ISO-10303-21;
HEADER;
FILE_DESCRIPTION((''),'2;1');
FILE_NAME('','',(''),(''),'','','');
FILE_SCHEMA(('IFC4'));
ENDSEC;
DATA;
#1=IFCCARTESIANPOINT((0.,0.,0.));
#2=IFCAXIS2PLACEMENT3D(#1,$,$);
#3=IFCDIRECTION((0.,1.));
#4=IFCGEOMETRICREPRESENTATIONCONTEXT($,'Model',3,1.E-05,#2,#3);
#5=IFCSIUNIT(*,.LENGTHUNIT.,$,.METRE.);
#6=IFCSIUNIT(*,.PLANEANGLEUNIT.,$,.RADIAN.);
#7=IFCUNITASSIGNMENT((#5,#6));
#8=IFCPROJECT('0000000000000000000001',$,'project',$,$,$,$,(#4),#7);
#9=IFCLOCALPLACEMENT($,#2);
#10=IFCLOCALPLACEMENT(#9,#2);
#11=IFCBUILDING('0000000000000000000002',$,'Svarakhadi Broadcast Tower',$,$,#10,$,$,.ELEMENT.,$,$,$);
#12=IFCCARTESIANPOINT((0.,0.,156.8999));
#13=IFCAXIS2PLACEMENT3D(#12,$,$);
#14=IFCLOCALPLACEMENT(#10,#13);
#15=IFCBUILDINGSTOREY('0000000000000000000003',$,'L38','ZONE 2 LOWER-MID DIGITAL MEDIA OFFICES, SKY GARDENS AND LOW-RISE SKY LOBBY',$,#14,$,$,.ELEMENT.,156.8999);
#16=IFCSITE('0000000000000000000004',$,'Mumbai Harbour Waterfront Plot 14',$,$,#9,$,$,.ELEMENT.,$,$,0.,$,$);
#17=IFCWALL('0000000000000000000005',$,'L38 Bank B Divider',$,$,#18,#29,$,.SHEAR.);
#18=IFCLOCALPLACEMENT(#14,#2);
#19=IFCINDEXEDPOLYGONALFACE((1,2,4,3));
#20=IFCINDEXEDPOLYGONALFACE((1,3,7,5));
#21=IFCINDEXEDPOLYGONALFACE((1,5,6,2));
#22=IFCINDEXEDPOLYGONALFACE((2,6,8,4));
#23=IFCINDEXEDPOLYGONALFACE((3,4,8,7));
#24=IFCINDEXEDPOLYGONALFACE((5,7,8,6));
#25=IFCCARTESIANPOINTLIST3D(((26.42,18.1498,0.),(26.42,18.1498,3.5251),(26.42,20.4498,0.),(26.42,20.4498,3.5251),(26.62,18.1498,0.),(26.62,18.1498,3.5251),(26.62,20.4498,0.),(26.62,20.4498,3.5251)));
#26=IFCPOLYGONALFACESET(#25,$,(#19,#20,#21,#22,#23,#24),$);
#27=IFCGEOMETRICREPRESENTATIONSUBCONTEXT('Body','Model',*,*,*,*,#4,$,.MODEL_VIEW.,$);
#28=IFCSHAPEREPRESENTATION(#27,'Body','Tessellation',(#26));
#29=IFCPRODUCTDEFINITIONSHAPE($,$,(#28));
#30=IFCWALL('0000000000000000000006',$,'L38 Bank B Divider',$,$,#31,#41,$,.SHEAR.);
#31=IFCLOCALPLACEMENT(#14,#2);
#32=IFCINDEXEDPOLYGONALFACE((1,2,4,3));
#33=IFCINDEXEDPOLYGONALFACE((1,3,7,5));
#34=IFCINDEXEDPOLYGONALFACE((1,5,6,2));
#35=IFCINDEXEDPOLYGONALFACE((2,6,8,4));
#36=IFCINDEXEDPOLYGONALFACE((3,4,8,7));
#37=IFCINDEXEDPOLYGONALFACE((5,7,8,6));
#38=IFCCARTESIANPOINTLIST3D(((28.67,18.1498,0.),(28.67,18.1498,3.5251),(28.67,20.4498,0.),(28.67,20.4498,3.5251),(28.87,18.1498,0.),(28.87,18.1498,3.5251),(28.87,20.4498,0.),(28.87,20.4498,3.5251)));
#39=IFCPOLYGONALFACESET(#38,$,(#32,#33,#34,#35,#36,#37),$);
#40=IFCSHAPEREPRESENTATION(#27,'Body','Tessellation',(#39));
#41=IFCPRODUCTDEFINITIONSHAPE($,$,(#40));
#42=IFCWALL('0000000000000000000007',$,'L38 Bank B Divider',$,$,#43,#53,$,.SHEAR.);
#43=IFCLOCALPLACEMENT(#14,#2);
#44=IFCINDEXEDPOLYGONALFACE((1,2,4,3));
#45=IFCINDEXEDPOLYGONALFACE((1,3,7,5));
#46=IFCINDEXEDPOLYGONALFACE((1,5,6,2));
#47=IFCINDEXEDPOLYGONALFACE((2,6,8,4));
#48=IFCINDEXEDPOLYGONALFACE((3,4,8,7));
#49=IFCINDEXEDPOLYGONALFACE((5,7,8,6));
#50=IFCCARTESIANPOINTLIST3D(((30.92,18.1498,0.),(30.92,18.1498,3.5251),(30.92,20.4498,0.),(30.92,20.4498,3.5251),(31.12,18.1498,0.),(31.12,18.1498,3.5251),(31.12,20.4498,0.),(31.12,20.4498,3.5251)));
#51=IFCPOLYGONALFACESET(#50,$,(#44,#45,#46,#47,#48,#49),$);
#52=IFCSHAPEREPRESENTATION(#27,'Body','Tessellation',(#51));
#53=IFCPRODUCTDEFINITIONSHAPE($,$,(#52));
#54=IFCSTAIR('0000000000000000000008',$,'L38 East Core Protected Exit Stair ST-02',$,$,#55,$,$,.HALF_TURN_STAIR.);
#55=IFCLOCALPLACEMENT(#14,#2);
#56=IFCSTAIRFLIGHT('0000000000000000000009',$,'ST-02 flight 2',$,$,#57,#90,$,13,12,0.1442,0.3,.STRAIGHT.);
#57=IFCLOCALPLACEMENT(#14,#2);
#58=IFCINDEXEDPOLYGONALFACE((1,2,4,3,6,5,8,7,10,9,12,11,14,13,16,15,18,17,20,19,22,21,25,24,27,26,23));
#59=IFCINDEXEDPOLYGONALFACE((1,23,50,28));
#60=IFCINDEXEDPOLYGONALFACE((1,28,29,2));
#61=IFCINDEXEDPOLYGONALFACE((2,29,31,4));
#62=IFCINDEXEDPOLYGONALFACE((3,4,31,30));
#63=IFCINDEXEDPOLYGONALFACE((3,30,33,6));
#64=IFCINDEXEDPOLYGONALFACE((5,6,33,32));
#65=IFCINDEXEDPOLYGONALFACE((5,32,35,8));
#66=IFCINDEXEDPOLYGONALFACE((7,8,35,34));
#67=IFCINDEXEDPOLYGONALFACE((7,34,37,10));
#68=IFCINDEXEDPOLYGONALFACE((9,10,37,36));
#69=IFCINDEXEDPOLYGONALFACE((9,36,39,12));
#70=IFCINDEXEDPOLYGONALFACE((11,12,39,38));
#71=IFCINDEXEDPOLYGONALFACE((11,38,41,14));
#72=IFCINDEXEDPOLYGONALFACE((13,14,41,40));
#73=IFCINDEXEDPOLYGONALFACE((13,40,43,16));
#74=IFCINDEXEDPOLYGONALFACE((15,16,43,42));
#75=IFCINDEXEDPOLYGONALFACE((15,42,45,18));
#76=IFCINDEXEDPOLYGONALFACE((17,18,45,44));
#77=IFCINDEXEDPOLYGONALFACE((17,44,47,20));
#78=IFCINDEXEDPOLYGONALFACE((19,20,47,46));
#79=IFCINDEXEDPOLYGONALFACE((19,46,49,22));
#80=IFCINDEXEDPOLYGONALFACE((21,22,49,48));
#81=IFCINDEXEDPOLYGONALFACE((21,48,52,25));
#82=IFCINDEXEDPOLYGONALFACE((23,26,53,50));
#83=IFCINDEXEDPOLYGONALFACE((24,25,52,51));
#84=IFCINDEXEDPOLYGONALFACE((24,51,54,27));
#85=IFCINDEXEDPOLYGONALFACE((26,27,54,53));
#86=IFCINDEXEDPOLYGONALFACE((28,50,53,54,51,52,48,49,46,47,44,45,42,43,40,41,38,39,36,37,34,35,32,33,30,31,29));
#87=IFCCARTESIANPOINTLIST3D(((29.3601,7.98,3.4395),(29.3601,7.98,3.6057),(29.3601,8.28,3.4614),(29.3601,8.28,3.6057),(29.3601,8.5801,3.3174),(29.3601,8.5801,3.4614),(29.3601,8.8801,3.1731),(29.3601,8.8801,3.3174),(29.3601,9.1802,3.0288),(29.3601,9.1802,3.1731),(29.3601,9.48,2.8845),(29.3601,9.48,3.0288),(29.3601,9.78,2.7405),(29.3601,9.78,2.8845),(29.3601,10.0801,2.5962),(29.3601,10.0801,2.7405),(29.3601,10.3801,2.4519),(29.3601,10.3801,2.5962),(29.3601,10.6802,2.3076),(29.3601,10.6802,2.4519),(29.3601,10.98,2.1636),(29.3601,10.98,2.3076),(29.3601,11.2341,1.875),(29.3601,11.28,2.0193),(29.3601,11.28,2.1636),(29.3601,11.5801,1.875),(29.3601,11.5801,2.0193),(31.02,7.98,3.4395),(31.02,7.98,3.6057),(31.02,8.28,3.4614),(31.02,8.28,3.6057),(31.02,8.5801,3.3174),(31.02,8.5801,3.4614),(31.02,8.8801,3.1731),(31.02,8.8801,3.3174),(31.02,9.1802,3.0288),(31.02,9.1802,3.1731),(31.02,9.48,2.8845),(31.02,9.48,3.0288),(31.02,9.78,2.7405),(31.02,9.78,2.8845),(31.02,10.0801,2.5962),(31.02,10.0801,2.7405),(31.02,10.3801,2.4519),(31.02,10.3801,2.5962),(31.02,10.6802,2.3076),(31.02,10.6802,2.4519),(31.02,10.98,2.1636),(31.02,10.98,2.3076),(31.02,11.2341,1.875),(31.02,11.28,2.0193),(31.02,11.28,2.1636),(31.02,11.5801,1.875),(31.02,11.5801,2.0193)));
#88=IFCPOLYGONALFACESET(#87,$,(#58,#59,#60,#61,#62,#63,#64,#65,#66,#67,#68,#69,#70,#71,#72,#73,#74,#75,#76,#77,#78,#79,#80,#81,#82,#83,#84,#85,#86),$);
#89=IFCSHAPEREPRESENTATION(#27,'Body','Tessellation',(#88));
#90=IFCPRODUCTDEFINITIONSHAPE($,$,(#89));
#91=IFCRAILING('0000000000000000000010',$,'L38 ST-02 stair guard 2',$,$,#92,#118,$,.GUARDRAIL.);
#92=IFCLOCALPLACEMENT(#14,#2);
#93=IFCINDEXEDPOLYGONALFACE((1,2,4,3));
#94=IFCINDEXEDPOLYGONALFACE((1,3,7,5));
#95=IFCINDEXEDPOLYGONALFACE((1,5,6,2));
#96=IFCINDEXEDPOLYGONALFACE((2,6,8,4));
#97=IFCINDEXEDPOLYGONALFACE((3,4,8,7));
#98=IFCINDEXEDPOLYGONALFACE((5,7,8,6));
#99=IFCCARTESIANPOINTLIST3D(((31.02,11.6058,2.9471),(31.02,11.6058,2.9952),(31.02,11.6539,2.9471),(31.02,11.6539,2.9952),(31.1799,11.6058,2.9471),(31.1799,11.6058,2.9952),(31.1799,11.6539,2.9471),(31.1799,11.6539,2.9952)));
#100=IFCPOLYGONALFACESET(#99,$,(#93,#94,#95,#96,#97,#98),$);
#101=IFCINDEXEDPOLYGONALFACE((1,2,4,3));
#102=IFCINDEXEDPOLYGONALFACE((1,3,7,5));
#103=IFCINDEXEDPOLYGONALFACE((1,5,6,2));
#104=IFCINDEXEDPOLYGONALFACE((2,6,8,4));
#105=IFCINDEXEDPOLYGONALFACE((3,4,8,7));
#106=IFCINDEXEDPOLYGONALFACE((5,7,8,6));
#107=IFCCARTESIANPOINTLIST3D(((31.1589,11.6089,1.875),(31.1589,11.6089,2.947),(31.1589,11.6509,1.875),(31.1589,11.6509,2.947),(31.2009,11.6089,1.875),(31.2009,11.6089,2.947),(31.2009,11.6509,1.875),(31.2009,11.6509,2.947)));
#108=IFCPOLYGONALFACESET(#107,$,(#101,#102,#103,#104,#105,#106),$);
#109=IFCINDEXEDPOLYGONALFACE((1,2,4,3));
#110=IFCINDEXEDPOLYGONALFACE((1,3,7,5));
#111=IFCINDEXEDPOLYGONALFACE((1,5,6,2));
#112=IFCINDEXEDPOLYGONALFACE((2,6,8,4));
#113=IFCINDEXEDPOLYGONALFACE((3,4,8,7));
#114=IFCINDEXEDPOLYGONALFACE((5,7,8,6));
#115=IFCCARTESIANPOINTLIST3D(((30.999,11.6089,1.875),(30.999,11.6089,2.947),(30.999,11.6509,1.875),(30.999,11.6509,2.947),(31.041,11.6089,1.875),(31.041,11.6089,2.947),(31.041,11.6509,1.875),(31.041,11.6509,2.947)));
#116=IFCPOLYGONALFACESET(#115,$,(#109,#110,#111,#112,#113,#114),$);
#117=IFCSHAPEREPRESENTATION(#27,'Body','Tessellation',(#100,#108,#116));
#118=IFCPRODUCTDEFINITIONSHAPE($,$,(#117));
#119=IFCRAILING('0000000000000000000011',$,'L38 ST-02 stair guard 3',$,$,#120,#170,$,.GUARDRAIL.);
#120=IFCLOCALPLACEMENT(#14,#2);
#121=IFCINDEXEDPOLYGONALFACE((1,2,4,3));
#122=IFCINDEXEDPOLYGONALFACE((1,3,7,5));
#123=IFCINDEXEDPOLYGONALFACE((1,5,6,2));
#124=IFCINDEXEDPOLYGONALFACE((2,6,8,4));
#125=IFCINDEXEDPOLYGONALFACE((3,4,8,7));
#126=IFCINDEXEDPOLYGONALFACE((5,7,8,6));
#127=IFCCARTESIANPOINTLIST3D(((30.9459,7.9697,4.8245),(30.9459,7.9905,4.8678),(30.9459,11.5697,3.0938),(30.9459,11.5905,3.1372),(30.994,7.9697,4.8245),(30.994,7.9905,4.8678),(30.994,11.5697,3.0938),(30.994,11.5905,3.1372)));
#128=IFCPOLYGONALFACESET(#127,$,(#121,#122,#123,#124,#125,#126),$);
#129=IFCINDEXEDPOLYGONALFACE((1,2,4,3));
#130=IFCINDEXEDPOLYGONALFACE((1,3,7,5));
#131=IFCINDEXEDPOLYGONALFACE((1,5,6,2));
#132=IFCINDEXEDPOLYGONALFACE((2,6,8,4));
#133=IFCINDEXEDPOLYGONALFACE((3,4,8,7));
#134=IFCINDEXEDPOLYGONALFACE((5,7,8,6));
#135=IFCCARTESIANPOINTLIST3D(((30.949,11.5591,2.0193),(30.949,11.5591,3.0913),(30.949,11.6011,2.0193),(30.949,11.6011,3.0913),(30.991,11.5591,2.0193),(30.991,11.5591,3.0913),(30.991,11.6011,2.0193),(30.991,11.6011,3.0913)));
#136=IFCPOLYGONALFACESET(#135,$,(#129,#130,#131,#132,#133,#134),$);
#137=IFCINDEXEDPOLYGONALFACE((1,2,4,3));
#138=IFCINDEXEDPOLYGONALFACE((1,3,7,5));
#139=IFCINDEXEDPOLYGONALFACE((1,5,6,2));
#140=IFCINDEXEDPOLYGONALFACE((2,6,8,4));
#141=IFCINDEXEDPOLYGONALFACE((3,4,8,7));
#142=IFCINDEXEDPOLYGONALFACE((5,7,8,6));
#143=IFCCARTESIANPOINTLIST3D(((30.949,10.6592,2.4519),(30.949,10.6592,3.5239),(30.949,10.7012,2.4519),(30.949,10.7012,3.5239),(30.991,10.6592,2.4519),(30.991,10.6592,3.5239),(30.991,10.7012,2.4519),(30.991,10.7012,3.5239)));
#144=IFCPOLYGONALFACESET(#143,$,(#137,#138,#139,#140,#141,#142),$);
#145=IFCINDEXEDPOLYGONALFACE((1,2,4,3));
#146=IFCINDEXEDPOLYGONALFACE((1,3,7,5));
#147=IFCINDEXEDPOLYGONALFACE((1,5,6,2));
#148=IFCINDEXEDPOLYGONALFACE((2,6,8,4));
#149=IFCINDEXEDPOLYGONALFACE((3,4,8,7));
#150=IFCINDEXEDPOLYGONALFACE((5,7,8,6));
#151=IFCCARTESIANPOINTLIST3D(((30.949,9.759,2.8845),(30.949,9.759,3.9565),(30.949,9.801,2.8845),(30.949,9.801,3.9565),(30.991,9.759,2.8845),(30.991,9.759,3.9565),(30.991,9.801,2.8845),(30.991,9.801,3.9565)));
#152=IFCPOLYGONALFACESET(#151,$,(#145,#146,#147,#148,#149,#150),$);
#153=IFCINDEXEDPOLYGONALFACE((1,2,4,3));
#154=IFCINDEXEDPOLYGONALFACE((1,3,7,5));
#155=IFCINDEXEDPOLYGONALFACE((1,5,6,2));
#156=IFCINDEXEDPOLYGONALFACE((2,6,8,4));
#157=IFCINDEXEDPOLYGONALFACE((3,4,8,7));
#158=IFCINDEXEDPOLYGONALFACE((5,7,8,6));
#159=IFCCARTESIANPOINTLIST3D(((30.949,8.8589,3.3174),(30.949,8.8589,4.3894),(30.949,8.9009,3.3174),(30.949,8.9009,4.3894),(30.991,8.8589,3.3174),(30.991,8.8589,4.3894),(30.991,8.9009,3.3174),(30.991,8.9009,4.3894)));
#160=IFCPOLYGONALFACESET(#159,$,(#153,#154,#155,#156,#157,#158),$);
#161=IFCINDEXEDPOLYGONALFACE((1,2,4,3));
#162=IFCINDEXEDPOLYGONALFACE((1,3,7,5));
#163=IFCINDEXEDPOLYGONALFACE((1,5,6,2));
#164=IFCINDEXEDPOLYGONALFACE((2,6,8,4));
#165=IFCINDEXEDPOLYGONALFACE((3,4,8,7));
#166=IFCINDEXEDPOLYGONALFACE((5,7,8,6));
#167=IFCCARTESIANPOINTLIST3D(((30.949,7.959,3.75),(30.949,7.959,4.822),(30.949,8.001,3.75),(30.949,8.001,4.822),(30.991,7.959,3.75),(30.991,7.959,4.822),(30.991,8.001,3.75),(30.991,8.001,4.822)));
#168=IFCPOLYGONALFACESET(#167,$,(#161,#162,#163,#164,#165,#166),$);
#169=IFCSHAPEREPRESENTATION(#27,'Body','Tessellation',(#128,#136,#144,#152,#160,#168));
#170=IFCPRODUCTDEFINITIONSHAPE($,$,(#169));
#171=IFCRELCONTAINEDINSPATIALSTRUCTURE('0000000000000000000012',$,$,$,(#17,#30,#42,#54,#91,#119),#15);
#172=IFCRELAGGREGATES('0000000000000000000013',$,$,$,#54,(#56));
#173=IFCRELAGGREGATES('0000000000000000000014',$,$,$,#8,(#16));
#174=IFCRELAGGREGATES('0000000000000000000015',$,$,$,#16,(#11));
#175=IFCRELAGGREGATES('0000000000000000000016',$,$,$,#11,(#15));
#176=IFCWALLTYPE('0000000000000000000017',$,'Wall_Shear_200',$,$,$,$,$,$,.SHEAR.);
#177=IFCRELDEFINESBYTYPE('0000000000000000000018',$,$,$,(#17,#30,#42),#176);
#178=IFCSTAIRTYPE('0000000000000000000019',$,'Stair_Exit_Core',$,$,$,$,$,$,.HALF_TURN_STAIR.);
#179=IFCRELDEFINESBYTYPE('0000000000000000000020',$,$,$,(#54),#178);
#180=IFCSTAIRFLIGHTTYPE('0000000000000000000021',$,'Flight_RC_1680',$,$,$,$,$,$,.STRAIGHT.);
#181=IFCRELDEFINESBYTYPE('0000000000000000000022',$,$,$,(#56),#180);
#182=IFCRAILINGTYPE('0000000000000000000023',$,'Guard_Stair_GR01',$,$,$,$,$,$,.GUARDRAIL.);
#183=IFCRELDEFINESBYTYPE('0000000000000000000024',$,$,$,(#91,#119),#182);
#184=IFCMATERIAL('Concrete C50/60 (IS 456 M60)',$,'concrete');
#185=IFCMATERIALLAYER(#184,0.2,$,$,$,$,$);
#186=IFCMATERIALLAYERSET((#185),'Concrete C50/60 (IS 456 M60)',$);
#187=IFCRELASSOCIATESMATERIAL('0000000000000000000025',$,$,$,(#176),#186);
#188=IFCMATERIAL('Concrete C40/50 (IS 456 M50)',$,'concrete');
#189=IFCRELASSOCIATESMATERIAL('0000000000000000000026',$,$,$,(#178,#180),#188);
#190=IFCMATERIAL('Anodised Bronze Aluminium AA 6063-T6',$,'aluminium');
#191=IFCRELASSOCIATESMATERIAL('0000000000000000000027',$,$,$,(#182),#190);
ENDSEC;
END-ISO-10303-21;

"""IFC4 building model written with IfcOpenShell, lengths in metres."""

from ifc_helpers import new_model, si_unit, direction, frame, frame_2d, origin, origin_2d, place, context, subcontext, project, spatial, polyline, rectangle, outline, extrude, material, layer, layer_set, type_object, element, aggregate, save


model = new_model("IFC4")

# Units and contexts
model_context = context("Model", 3, precision=1e-05, world=origin(), true_north=direction((0.0, 1.0)))
body_context = subcontext(model_context, "Body", "Model", "MODEL_VIEW")
ifc_project = project(units=[si_unit("LENGTHUNIT", "METRE"), si_unit("PLANEANGLEUNIT", "RADIAN")], contexts=[model_context])

# Site, building, storey
site_placement = place(None, origin())
site = spatial("IfcSite", under=ifc_project, at=site_placement, Name="Mumbai Harbour Waterfront Plot 14", CompositionType="ELEMENT", RefElevation=0.0)
building_placement = place(site_placement, origin())
building = spatial("IfcBuilding", under=site, at=building_placement, Name="Svarakhadi Broadcast Tower", CompositionType="ELEMENT")
storey_placement = place(building_placement, frame((0.0, 0.0, 156.8999)))
storey = spatial("IfcBuildingStorey", under=building, at=storey_placement, Name="L38", Description="ZONE 2 LOWER-MID DIGITAL MEDIA OFFICES, SKY GARDENS AND LOW-RISE SKY LOBBY", CompositionType="ELEMENT", Elevation=156.8999)

# Shared definitions
ifc_material_1 = material(Name="Concrete C50/60 (IS 456 M60)", Category="concrete")

# Shared definitions
ifc_layer_1 = layer(ifc_material_1, 0.2)
ifc_layer_set_1 = layer_set([ifc_layer_1], Name="Concrete C50/60 (IS 456 M60)")
wall_type_1 = type_object("IfcWallType", Name="Wall_Shear_200", PredefinedType="SHEAR", material=ifc_layer_set_1)

# Walls
for number, where, z_axis, x_axis, name in (
    (1, (26.52, 18.1499, 0.0), (0.0, 0.0, 1.0), (0.0, 1.0, 0.0), "L38 Bank B Divider"),
    (2, (28.77, 18.1499, 0.0), (0.0, 0.0, 1.0), (0.0, 1.0, 0.0), "L38 Bank B Divider"),
    (3, (31.02, 18.1499, 0.0), (0.0, 0.0, 1.0), (0.0, 1.0, 0.0), "L38 Bank B Divider"),
):
    element("IfcWall", number, at=place(storey_placement, frame(where, z_axis=z_axis, x_axis=x_axis)), inside=storey, type_object=wall_type_1, Name=name, PredefinedType="SHEAR", context=body_context, shape_type="SweptSolid", body=[
        extrude(rectangle(XDim=2.3, YDim=0.2, at=frame_2d((1.1499, 0.0))), origin(), (0.0, 0.0, 1.0), 3.5251),
    ])

# Stair, stair flight
ifc_material_2 = material(Name="Concrete C40/50 (IS 456 M50)", Category="concrete")
stair_type = type_object("IfcStairType", Name="Stair_Exit_Core", PredefinedType="HALF_TURN_STAIR", material=ifc_material_2)
stair_placement = place(storey_placement, origin())
stair = element("IfcStair", 4, at=stair_placement, inside=storey, type_object=stair_type, Name="L38 East Core Protected Exit Stair ST-02", PredefinedType="HALF_TURN_STAIR")
stair_flight_type = type_object("IfcStairFlightType", Name="Flight_RC_1680", PredefinedType="STRAIGHT", material=ifc_material_2)
stair_flight_placement = place(storey_placement, frame((30.1899, 11.5801, 1.875), z_axis=(0.0, 0.0, 1.0), x_axis=(0.0, -1.0, 0.0)))
stair_flight = element("IfcStairFlight", 5, at=stair_flight_placement, type_object=stair_flight_type, Name="ST-02 flight 2", NumberOfRisers=13, NumberOfTreads=12, PredefinedType="STRAIGHT", RiserHeight=0.1442, TreadLength=0.3, context=body_context, shape_type="SweptSolid", body=[
    extrude(outline(polyline([(0.0, 0.0), (0.0, 0.1443), (0.3, 0.1443), (0.3, 0.2886), (0.6001, 0.2886), (0.6001, 0.4326), (0.8999, 0.4326), (0.8999, 0.5769), (1.2, 0.5769), (1.2, 0.7212), (1.5, 0.7212), (1.5, 0.8655), (1.8, 0.8655), (1.8, 1.0095), (2.1001, 1.0095), (2.1001, 1.1538), (2.3999, 1.1538), (2.3999, 1.2981), (2.7, 1.2981), (2.7, 1.4424), (3.0, 1.4424), (3.0, 1.5864), (3.3, 1.5864), (3.3, 1.7307), (3.6001, 1.7307), (3.6001, 1.875), (3.6001, 1.5645), (0.3459, 0.0), (0.0, 0.0)])), frame((0.0, 0.8301, 0.0), z_axis=(0.0, -1.0, 0.0), x_axis=(1.0, 0.0, 0.0)), (0.0, 0.0, 1.0), 1.6599),
])
aggregate(stair, [stair_flight])

# Railings
ifc_material_3 = material(Name="Anodised Bronze Aluminium AA 6063-T6", Category="aluminium")
railing_type = type_object("IfcRailingType", Name="Guard_Stair_GR01", PredefinedType="GUARDRAIL", material=ifc_material_3)
railing_1_placement = place(storey_placement, frame((31.1799, 11.6299, 1.875)))
element("IfcRailing", 6, at=railing_1_placement, inside=storey, type_object=railing_type, Name="L38 ST-02 stair guard 2", PredefinedType="GUARDRAIL", context=body_context, shape_type="SweptSolid", body=[
    extrude(rectangle(XDim=0.0481, YDim=0.0481, at=origin_2d()), frame((0.0, 0.0, 1.0962), z_axis=(-1.0, 0.0, 0.0), x_axis=(0.0, -1.0, 0.0)), (0.0, 0.0, 1.0), 0.1599),
    extrude(rectangle(XDim=0.042, YDim=0.042, at=origin_2d()), origin(), (0.0, 0.0, 1.0), 1.072),
    extrude(rectangle(XDim=0.042, YDim=0.042, at=origin_2d()), frame((-0.1599, 0.0, 0.0)), (0.0, 0.0, 1.0), 1.072),
])
railing_2_placement = place(storey_placement, frame((30.97, 11.5801, 2.0193)))
element("IfcRailing", 7, at=railing_2_placement, inside=storey, type_object=railing_type, Name="L38 ST-02 stair guard 3", PredefinedType="GUARDRAIL", context=body_context, shape_type="SweptSolid", body=[
    extrude(rectangle(XDim=0.0481, YDim=0.0481, at=origin_2d()), frame((0.0, 0.0, 1.0962), z_axis=(0.0, -0.901263, 0.433273), x_axis=(1.0, 0.0, 0.0)), (0.0, 0.0, 1.0), 3.9944),
    extrude(rectangle(XDim=0.042, YDim=0.042, at=origin_2d()), origin(), (0.0, 0.0, 1.0), 1.072),
    extrude(rectangle(XDim=0.042, YDim=0.042, at=origin_2d()), frame((0.0, -0.8999, 0.4326)), (0.0, 0.0, 1.0), 1.072),
    extrude(rectangle(XDim=0.042, YDim=0.042, at=origin_2d()), frame((0.0, -1.8, 0.8652)), (0.0, 0.0, 1.0), 1.072),
    extrude(rectangle(XDim=0.042, YDim=0.042, at=origin_2d()), frame((0.0, -2.7002, 1.2981)), (0.0, 0.0, 1.0), 1.072),
    extrude(rectangle(XDim=0.042, YDim=0.042, at=origin_2d()), frame((0.0, -3.6001, 1.7307)), (0.0, 0.0, 1.0), 1.072),
])

save(model, "model.ifc")
